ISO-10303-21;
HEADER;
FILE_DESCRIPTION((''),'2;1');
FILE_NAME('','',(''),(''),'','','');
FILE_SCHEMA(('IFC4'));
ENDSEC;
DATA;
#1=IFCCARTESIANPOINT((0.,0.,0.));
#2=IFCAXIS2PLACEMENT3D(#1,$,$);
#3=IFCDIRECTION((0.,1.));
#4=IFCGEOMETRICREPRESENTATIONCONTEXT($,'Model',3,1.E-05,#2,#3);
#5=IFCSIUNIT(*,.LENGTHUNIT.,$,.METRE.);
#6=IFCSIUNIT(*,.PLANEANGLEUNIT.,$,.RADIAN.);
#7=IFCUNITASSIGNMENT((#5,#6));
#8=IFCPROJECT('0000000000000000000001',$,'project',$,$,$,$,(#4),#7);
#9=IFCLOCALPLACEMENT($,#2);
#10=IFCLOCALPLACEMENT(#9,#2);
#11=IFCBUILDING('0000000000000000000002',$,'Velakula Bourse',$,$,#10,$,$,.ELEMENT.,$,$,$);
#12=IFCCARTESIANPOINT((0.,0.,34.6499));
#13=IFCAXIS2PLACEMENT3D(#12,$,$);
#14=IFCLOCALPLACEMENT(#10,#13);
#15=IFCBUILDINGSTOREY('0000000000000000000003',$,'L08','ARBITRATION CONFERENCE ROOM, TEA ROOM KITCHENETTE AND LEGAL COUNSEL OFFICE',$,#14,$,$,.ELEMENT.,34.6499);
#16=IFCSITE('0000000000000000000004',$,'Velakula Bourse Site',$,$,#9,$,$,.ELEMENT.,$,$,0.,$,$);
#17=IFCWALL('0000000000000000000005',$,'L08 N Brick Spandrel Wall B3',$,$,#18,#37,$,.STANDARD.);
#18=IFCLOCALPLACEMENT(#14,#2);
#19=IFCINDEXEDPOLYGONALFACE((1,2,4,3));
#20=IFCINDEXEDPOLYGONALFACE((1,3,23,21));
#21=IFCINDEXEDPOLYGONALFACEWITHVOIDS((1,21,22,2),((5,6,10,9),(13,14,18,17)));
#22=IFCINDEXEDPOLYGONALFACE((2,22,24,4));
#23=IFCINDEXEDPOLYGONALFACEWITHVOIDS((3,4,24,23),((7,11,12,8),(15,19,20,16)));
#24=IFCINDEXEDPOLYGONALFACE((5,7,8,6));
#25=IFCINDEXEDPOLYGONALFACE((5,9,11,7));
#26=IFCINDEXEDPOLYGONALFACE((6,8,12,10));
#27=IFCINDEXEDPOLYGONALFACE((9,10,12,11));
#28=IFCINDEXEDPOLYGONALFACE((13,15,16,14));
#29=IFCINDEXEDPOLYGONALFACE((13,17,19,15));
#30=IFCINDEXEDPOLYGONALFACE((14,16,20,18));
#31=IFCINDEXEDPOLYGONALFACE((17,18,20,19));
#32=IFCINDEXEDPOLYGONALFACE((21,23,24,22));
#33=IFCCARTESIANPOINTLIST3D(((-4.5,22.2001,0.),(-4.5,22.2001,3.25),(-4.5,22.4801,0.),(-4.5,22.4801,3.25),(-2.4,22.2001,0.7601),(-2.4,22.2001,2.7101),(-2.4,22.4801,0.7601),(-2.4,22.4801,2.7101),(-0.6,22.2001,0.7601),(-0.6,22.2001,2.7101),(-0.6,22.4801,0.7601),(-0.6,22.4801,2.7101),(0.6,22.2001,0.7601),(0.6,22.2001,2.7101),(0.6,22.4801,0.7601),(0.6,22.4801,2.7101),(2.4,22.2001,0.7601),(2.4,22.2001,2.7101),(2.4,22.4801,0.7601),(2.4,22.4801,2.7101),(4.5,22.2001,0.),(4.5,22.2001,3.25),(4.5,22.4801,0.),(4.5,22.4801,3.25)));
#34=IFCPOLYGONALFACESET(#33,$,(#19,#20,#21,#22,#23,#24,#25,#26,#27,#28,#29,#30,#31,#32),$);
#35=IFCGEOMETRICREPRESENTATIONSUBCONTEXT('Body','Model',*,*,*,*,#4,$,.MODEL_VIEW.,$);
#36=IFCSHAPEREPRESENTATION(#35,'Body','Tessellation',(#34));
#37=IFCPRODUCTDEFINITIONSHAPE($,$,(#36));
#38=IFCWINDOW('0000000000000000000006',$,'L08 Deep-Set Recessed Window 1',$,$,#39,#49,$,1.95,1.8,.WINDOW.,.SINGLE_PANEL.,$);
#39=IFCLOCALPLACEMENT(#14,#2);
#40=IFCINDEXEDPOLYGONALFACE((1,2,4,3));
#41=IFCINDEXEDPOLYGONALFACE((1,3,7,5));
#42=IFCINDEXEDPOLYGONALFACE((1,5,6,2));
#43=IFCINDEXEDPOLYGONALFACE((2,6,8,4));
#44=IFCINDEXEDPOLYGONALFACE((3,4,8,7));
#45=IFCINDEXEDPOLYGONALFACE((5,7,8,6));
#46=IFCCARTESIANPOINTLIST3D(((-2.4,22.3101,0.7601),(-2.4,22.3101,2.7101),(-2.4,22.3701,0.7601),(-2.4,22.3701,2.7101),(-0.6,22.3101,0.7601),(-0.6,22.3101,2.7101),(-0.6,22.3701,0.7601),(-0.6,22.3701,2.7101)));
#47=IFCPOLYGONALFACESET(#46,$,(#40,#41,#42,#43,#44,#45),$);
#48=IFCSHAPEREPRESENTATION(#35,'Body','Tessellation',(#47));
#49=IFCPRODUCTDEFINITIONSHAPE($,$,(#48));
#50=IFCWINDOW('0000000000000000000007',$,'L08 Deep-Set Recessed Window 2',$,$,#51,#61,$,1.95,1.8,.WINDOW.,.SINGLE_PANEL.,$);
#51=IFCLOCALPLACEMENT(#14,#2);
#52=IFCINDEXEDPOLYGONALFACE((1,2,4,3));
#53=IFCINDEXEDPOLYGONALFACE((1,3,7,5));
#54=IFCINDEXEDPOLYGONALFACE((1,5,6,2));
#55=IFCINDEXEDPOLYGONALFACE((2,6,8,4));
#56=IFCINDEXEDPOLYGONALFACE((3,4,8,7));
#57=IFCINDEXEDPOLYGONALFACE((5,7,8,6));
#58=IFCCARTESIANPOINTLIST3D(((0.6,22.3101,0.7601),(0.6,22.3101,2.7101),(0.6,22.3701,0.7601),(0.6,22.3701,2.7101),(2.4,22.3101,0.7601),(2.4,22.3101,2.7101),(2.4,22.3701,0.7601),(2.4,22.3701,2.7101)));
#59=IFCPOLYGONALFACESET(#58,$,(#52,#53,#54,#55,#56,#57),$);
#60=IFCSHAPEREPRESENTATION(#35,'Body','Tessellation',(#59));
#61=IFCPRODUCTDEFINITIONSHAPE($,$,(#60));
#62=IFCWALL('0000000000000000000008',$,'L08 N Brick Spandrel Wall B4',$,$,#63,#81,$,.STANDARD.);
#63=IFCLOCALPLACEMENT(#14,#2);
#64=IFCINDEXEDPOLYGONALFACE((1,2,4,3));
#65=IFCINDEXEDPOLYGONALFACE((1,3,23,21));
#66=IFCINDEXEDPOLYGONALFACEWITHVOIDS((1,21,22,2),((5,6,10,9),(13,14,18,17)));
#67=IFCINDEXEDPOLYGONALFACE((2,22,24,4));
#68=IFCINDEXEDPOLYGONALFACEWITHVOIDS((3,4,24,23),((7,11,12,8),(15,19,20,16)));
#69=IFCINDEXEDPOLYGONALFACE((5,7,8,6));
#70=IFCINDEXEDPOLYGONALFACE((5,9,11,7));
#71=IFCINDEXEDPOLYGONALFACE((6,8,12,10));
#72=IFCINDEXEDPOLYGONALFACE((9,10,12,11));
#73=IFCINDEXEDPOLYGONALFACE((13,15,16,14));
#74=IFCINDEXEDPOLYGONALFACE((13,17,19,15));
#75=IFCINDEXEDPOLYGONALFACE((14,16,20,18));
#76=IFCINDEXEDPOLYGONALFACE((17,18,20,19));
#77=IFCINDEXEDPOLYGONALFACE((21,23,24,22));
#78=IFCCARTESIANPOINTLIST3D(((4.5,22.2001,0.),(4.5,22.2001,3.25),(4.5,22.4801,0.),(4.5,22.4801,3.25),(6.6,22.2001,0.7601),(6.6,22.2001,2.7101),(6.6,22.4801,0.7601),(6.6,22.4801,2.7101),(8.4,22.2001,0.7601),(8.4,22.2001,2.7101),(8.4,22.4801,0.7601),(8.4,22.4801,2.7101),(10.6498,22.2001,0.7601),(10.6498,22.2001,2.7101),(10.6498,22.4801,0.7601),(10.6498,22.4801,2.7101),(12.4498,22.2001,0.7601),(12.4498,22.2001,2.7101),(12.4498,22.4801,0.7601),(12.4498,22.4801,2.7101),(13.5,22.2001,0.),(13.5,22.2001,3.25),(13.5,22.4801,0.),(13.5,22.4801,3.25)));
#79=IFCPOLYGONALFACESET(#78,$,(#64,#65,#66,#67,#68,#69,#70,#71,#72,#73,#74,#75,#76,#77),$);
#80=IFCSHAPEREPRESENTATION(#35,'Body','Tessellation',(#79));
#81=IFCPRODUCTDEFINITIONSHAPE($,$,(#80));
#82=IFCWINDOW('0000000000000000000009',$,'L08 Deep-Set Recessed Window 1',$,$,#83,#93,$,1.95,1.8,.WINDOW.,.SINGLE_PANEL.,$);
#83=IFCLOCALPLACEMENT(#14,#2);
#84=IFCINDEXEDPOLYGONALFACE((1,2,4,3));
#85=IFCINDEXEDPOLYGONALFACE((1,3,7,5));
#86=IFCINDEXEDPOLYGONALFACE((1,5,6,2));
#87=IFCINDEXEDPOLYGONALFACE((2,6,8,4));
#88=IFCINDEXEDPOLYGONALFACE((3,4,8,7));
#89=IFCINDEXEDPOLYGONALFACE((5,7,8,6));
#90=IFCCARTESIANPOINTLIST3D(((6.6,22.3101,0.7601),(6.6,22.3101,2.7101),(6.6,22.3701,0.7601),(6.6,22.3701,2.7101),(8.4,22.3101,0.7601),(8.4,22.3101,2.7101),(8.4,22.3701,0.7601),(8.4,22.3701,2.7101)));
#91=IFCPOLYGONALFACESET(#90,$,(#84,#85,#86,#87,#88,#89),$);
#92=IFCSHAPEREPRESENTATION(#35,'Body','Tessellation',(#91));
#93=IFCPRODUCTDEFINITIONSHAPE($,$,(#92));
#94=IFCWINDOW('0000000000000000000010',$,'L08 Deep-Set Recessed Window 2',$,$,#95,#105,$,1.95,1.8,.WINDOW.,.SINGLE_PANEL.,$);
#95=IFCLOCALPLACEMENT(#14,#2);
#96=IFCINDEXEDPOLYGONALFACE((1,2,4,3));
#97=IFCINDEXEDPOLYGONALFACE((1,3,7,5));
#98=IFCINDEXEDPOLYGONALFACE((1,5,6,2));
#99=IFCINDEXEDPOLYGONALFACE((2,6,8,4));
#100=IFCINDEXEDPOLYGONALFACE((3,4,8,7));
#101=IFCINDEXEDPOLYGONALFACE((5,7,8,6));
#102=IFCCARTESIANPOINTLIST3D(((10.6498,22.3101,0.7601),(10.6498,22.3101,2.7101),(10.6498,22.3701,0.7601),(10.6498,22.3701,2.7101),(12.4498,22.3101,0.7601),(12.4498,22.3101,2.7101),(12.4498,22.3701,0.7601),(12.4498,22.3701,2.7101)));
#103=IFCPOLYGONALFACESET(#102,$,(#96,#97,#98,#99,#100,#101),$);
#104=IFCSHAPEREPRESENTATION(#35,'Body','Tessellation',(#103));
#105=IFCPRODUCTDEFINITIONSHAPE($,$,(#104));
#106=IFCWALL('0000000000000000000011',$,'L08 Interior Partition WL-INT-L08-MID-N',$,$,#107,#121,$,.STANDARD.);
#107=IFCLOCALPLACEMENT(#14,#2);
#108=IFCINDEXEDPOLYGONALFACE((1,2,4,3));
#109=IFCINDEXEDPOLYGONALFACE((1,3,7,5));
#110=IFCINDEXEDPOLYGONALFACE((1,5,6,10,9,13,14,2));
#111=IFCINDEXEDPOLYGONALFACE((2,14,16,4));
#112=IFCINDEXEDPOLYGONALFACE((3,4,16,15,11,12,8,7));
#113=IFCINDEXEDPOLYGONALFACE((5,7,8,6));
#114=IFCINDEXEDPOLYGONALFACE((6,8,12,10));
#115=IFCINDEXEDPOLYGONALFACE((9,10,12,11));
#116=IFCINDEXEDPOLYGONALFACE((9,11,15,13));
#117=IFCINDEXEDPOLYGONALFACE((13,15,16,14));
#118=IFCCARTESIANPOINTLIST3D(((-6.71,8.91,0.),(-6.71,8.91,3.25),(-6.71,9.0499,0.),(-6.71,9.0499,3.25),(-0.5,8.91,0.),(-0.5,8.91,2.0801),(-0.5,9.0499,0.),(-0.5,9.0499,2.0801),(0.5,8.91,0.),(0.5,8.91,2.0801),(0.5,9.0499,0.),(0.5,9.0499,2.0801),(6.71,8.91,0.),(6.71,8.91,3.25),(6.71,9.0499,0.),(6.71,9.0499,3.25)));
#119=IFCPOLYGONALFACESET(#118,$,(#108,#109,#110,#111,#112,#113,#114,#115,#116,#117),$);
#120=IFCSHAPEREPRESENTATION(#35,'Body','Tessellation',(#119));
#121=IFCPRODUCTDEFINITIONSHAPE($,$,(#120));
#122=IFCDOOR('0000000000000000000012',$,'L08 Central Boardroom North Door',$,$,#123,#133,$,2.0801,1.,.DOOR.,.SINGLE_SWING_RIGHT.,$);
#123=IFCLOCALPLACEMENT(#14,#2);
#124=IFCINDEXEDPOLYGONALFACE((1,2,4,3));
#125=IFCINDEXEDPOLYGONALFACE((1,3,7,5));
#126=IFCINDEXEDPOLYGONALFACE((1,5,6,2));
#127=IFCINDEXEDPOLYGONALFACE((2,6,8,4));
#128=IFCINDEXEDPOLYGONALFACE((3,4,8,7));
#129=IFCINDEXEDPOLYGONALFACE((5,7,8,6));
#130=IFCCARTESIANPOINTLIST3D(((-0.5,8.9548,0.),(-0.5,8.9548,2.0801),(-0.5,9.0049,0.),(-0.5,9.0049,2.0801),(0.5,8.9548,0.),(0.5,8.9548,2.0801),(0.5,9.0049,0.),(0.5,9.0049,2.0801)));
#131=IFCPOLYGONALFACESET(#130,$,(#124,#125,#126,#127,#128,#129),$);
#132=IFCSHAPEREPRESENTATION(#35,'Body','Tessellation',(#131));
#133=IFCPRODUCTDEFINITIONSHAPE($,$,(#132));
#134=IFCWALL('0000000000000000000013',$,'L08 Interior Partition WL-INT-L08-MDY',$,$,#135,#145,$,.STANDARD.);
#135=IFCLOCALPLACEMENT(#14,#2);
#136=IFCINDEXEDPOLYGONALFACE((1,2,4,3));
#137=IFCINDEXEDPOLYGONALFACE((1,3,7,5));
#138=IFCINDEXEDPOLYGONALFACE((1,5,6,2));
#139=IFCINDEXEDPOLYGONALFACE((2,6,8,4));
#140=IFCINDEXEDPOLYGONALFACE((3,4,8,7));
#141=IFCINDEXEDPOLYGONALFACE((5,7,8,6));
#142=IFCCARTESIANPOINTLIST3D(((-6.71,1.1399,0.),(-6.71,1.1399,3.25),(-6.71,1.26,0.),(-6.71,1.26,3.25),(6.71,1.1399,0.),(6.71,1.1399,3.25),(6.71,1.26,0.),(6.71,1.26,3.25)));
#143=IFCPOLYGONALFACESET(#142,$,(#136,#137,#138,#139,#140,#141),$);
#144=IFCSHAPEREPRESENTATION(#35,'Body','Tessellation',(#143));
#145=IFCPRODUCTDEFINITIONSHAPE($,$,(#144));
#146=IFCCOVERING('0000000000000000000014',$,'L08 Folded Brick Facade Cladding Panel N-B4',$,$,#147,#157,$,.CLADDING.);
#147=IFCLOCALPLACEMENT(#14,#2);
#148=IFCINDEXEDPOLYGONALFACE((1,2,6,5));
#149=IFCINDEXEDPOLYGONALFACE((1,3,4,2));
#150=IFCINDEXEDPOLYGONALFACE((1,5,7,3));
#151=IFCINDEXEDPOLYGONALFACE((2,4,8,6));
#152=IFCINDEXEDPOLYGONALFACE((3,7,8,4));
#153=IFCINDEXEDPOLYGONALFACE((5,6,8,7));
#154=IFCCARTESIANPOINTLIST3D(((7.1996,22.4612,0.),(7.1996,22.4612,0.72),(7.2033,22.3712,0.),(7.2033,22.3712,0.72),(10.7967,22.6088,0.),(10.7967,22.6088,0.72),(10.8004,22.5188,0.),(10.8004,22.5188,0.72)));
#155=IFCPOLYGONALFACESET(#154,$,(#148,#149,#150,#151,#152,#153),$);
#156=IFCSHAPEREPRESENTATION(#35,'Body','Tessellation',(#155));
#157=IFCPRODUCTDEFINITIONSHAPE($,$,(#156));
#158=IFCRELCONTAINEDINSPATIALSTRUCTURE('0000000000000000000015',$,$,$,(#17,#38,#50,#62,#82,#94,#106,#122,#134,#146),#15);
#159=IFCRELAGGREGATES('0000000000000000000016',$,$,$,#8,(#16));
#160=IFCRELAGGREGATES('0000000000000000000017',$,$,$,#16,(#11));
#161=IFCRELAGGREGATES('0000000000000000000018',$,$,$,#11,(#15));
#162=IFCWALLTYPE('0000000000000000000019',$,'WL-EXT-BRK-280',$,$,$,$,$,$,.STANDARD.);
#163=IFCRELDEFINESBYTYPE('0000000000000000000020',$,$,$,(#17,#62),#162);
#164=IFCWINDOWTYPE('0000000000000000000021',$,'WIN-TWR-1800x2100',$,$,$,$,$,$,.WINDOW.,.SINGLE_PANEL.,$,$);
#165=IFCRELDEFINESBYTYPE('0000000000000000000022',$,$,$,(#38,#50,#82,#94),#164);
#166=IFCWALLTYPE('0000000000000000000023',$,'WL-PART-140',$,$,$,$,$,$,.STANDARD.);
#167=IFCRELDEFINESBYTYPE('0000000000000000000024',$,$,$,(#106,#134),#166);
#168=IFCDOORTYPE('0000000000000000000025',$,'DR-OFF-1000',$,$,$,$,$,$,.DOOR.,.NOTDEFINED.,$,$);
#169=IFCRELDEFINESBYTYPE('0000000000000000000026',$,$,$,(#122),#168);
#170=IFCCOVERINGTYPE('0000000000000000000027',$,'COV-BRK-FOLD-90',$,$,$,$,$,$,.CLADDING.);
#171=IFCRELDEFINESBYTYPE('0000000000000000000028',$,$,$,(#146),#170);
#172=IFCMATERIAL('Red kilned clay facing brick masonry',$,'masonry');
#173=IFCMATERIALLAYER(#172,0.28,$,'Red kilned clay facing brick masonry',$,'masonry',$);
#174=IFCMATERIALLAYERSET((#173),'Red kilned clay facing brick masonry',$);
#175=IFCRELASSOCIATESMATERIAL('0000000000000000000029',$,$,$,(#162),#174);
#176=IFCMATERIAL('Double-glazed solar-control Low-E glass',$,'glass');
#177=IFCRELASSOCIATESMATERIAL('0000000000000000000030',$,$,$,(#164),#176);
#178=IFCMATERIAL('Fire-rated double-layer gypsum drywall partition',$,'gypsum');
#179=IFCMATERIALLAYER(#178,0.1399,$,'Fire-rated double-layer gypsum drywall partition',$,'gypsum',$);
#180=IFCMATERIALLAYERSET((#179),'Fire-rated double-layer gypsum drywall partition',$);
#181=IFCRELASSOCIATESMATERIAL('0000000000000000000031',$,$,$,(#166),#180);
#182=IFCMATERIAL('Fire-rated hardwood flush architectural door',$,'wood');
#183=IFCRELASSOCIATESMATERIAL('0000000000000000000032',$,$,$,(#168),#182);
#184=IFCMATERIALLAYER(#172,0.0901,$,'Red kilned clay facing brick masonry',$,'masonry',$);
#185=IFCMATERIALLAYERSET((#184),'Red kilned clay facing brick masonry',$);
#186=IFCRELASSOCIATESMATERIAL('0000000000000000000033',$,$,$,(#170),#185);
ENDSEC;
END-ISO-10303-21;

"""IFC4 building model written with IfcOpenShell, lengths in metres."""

from ifc_helpers import new_model, si_unit, direction, frame, frame_2d, origin, origin_2d, place, context, subcontext, project, spatial, rectangle, extrude, material, layer, layer_set, type_object, element, fill, save


model = new_model("IFC4")

# Units and contexts
model_context = context("Model", 3, precision=1e-05, world=origin(), true_north=direction((0.0, 1.0)))
body_context = subcontext(model_context, "Body", "Model", "MODEL_VIEW")
ifc_project = project(units=[si_unit("LENGTHUNIT", "METRE"), si_unit("PLANEANGLEUNIT", "RADIAN")], contexts=[model_context])

# Site, building, storey
site_placement = place(None, origin())
site = spatial("IfcSite", under=ifc_project, at=site_placement, Name="Velakula Bourse Site", CompositionType="ELEMENT", RefElevation=0.0)
building_placement = place(site_placement, origin())
building = spatial("IfcBuilding", under=site, at=building_placement, Name="Velakula Bourse", CompositionType="ELEMENT")
storey_placement = place(building_placement, frame((0.0, 0.0, 34.6499)))
storey = spatial("IfcBuildingStorey", under=building, at=storey_placement, Name="L08", Description="ARBITRATION CONFERENCE ROOM, TEA ROOM KITCHENETTE AND LEGAL COUNSEL OFFICE", CompositionType="ELEMENT", Elevation=34.6499)

# Shared definitions
ifc_material_1 = material(Name="Fire-rated hardwood flush architectural door", Category="wood")

# Walls, openings, windows
ifc_material_2 = material(Name="Red kilned clay facing brick masonry", Category="masonry")
ifc_layer_1 = layer(ifc_material_2, 0.28, Name="Red kilned clay facing brick masonry", Category="masonry")
ifc_layer_set_1 = layer_set([ifc_layer_1], Name="Red kilned clay facing brick masonry")
wall_type_1 = type_object("IfcWallType", Name="WL-EXT-BRK-280", PredefinedType="STANDARD", material=ifc_layer_set_1)
wall_1_placement = place(storey_placement, frame((-4.5, 22.3401, 0.0), z_axis=(0.0, 0.0, 1.0), x_axis=(1.0, 0.0, 0.0)))
wall_1 = element("IfcWall", 1, at=wall_1_placement, inside=storey, type_object=wall_type_1, Name="L08 N Brick Spandrel Wall B3", PredefinedType="STANDARD", context=body_context, shape_type="SweptSolid", body=[
    extrude(rectangle(XDim=9.0, YDim=0.28, at=frame_2d((4.5, 0.0))), origin(), (0.0, 0.0, 1.0), 3.25),
])
opening_1_placement = place(wall_1_placement, frame((2.1001, 0.0, 0.76)))
opening_1 = element("IfcOpeningElement", 2, at=opening_1_placement, cuts=wall_1, PredefinedType="OPENING", context=body_context, shape_type="SweptSolid", body=[
    extrude(rectangle(XDim=1.8, YDim=1.95, at=frame_2d((0.8999, 0.9751))), frame((0.0, 0.1499, 0.0), z_axis=(0.0, -1.0, 0.0), x_axis=(1.0, 0.0, 0.0)), (0.0, 0.0, 1.0), 0.3),
])
opening_2_placement = place(wall_1_placement, frame((5.1001, 0.0, 0.76)))
opening_2 = element("IfcOpeningElement", 3, at=opening_2_placement, cuts=wall_1, PredefinedType="OPENING", context=body_context, shape_type="SweptSolid", body=[
    extrude(rectangle(XDim=1.8, YDim=1.95, at=frame_2d((0.8999, 0.9751))), frame((0.0, 0.1499, 0.0), z_axis=(0.0, -1.0, 0.0), x_axis=(1.0, 0.0, 0.0)), (0.0, 0.0, 1.0), 0.3),
])
ifc_material_3 = material(Name="Double-glazed solar-control Low-E glass", Category="glass")
window_type = type_object("IfcWindowType", Name="WIN-TWR-1800x2100", PartitioningType="SINGLE_PANEL", PredefinedType="WINDOW", material=ifc_material_3)
window_1_placement = place(opening_1_placement, origin())
window_1 = element("IfcWindow", 4, at=window_1_placement, inside=storey, type_object=window_type, Name="L08 Deep-Set Recessed Window 1", OverallHeight=1.95, OverallWidth=1.8, PartitioningType="SINGLE_PANEL", PredefinedType="WINDOW", context=body_context, shape_type="SweptSolid", body=[
    extrude(rectangle(XDim=1.8, YDim=1.95, at=frame_2d((0.8999, 0.9751))), frame((0.0, 0.03, 0.0), z_axis=(0.0, -1.0, 0.0), x_axis=(1.0, 0.0, 0.0)), (0.0, 0.0, 1.0), 0.0601),
])
fill(opening_1, window_1)
window_2_placement = place(opening_2_placement, origin())
window_2 = element("IfcWindow", 5, at=window_2_placement, inside=storey, type_object=window_type, Name="L08 Deep-Set Recessed Window 2", OverallHeight=1.95, OverallWidth=1.8, PartitioningType="SINGLE_PANEL", PredefinedType="WINDOW", context=body_context, shape_type="SweptSolid", body=[
    extrude(rectangle(XDim=1.8, YDim=1.95, at=frame_2d((0.8999, 0.9751))), frame((0.0, 0.03, 0.0), z_axis=(0.0, -1.0, 0.0), x_axis=(1.0, 0.0, 0.0)), (0.0, 0.0, 1.0), 0.0601),
])
fill(opening_2, window_2)
wall_2_placement = place(storey_placement, frame((4.5, 22.3401, 0.0), z_axis=(0.0, 0.0, 1.0), x_axis=(1.0, 0.0, 0.0)))
wall_2 = element("IfcWall", 6, at=wall_2_placement, inside=storey, type_object=wall_type_1, Name="L08 N Brick Spandrel Wall B4", PredefinedType="STANDARD", context=body_context, shape_type="SweptSolid", body=[
    extrude(rectangle(XDim=9.0, YDim=0.28, at=frame_2d((4.5, 0.0))), origin(), (0.0, 0.0, 1.0), 3.25),
])
opening_3_placement = place(wall_2_placement, frame((2.1001, 0.0, 0.76)))
opening_3 = element("IfcOpeningElement", 7, at=opening_3_placement, cuts=wall_2, PredefinedType="OPENING", context=body_context, shape_type="SweptSolid", body=[
    extrude(rectangle(XDim=1.8, YDim=1.95, at=frame_2d((0.8999, 0.9751))), frame((0.0, 0.1499, 0.0), z_axis=(0.0, -1.0, 0.0), x_axis=(1.0, 0.0, 0.0)), (0.0, 0.0, 1.0), 0.3),
])
opening_4_placement = place(wall_2_placement, frame((6.1499, 0.0, 0.76)))
opening_4 = element("IfcOpeningElement", 8, at=opening_4_placement, cuts=wall_2, PredefinedType="OPENING", context=body_context, shape_type="SweptSolid", body=[
    extrude(rectangle(XDim=1.8, YDim=1.95, at=frame_2d((0.8999, 0.9751))), frame((0.0, 0.1499, 0.0), z_axis=(0.0, -1.0, 0.0), x_axis=(1.0, 0.0, 0.0)), (0.0, 0.0, 1.0), 0.3),
])
window_3_placement = place(opening_3_placement, origin())
window_3 = element("IfcWindow", 9, at=window_3_placement, inside=storey, type_object=window_type, Name="L08 Deep-Set Recessed Window 1", OverallHeight=1.95, OverallWidth=1.8, PartitioningType="SINGLE_PANEL", PredefinedType="WINDOW", context=body_context, shape_type="SweptSolid", body=[
    extrude(rectangle(XDim=1.8, YDim=1.95, at=frame_2d((0.8999, 0.9751))), frame((0.0, 0.03, 0.0), z_axis=(0.0, -1.0, 0.0), x_axis=(1.0, 0.0, 0.0)), (0.0, 0.0, 1.0), 0.0601),
])
fill(opening_3, window_3)
window_4_placement = place(opening_4_placement, origin())
window_4 = element("IfcWindow", 10, at=window_4_placement, inside=storey, type_object=window_type, Name="L08 Deep-Set Recessed Window 2", OverallHeight=1.95, OverallWidth=1.8, PartitioningType="SINGLE_PANEL", PredefinedType="WINDOW", context=body_context, shape_type="SweptSolid", body=[
    extrude(rectangle(XDim=1.8, YDim=1.95, at=frame_2d((0.8999, 0.9751))), frame((0.0, 0.03, 0.0), z_axis=(0.0, -1.0, 0.0), x_axis=(1.0, 0.0, 0.0)), (0.0, 0.0, 1.0), 0.0601),
])
fill(opening_4, window_4)

# Wall, opening, door
ifc_material_4 = material(Name="Fire-rated double-layer gypsum drywall partition", Category="gypsum")
ifc_layer_2 = layer(ifc_material_4, 0.1399, Name="Fire-rated double-layer gypsum drywall partition", Category="gypsum")
ifc_layer_set_2 = layer_set([ifc_layer_2], Name="Fire-rated double-layer gypsum drywall partition")
wall_type_2 = type_object("IfcWallType", Name="WL-PART-140", PredefinedType="STANDARD", material=ifc_layer_set_2)
wall_3_placement = place(storey_placement, frame((-6.71, 8.98, 0.0), z_axis=(0.0, 0.0, 1.0), x_axis=(1.0, 0.0, 0.0)))
wall_3 = element("IfcWall", 11, at=wall_3_placement, inside=storey, type_object=wall_type_2, Name="L08 Interior Partition WL-INT-L08-MID-N", PredefinedType="STANDARD", context=body_context, shape_type="SweptSolid", body=[
    extrude(rectangle(XDim=13.4199, YDim=0.1399, at=frame_2d((6.71, 0.0))), origin(), (0.0, 0.0, 1.0), 3.25),
])
opening_5_placement = place(wall_3_placement, frame((6.21, 0.0, 0.0)))
opening_5 = element("IfcOpeningElement", 12, at=opening_5_placement, cuts=wall_3, PredefinedType="OPENING", context=body_context, shape_type="SweptSolid", body=[
    extrude(rectangle(XDim=1.0, YDim=2.0801, at=frame_2d((0.5, 1.04))), frame((0.0, 0.0798, 0.0), z_axis=(0.0, -1.0, 0.0), x_axis=(1.0, 0.0, 0.0)), (0.0, 0.0, 1.0), 0.1599),
])
door_type_1 = type_object("IfcDoorType", Name="DR-OFF-1000", OperationType="NOTDEFINED", PredefinedType="DOOR", material=ifc_material_1)
door_1_placement = place(opening_5_placement, origin())
door_1 = element("IfcDoor", 13, at=door_1_placement, inside=storey, type_object=door_type_1, Name="L08 Central Boardroom North Door", OperationType="SINGLE_SWING_RIGHT", OverallHeight=2.0801, OverallWidth=1.0, PredefinedType="DOOR", context=body_context, shape_type="SweptSolid", body=[
    extrude(rectangle(XDim=1.0, YDim=2.0801, at=frame_2d((0.5, 1.04))), frame((0.0, 0.0249, 0.0), z_axis=(0.0, -1.0, 0.0), x_axis=(1.0, 0.0, 0.0)), (0.0, 0.0, 1.0), 0.05),
])
fill(opening_5, door_1)

# Wall
wall_4_placement = place(storey_placement, frame((-6.71, 1.2, 0.0), z_axis=(0.0, 0.0, 1.0), x_axis=(1.0, 0.0, 0.0)))
element("IfcWall", 14, at=wall_4_placement, inside=storey, type_object=wall_type_2, Name="L08 Interior Partition WL-INT-L08-MDY", PredefinedType="STANDARD", context=body_context, shape_type="SweptSolid", body=[
    extrude(rectangle(XDim=13.4199, YDim=0.1201, at=frame_2d((6.71, 0.0))), origin(), (0.0, 0.0, 1.0), 3.25),
])

# Covering
ifc_layer_3 = layer(ifc_material_2, 0.0901, Name="Red kilned clay facing brick masonry", Category="masonry")
ifc_layer_set_3 = layer_set([ifc_layer_3], Name="Red kilned clay facing brick masonry")
covering_type = type_object("IfcCoveringType", Name="COV-BRK-FOLD-90", PredefinedType="CLADDING", material=ifc_layer_set_3)
covering_placement = place(storey_placement, frame((9.0, 22.49, 0.0), z_axis=(0.0, 0.0, 1.0), x_axis=(0.999159, 0.041004, 0.0)))
element("IfcCovering", 15, at=covering_placement, inside=storey, type_object=covering_type, Name="L08 Folded Brick Facade Cladding Panel N-B4", PredefinedType="CLADDING", context=body_context, shape_type="SweptSolid", body=[
    extrude(rectangle(XDim=3.6001, YDim=0.0901, at=origin_2d()), origin(), (0.0, 0.0, 1.0), 0.72),
])

save(model, "model.ifc")
